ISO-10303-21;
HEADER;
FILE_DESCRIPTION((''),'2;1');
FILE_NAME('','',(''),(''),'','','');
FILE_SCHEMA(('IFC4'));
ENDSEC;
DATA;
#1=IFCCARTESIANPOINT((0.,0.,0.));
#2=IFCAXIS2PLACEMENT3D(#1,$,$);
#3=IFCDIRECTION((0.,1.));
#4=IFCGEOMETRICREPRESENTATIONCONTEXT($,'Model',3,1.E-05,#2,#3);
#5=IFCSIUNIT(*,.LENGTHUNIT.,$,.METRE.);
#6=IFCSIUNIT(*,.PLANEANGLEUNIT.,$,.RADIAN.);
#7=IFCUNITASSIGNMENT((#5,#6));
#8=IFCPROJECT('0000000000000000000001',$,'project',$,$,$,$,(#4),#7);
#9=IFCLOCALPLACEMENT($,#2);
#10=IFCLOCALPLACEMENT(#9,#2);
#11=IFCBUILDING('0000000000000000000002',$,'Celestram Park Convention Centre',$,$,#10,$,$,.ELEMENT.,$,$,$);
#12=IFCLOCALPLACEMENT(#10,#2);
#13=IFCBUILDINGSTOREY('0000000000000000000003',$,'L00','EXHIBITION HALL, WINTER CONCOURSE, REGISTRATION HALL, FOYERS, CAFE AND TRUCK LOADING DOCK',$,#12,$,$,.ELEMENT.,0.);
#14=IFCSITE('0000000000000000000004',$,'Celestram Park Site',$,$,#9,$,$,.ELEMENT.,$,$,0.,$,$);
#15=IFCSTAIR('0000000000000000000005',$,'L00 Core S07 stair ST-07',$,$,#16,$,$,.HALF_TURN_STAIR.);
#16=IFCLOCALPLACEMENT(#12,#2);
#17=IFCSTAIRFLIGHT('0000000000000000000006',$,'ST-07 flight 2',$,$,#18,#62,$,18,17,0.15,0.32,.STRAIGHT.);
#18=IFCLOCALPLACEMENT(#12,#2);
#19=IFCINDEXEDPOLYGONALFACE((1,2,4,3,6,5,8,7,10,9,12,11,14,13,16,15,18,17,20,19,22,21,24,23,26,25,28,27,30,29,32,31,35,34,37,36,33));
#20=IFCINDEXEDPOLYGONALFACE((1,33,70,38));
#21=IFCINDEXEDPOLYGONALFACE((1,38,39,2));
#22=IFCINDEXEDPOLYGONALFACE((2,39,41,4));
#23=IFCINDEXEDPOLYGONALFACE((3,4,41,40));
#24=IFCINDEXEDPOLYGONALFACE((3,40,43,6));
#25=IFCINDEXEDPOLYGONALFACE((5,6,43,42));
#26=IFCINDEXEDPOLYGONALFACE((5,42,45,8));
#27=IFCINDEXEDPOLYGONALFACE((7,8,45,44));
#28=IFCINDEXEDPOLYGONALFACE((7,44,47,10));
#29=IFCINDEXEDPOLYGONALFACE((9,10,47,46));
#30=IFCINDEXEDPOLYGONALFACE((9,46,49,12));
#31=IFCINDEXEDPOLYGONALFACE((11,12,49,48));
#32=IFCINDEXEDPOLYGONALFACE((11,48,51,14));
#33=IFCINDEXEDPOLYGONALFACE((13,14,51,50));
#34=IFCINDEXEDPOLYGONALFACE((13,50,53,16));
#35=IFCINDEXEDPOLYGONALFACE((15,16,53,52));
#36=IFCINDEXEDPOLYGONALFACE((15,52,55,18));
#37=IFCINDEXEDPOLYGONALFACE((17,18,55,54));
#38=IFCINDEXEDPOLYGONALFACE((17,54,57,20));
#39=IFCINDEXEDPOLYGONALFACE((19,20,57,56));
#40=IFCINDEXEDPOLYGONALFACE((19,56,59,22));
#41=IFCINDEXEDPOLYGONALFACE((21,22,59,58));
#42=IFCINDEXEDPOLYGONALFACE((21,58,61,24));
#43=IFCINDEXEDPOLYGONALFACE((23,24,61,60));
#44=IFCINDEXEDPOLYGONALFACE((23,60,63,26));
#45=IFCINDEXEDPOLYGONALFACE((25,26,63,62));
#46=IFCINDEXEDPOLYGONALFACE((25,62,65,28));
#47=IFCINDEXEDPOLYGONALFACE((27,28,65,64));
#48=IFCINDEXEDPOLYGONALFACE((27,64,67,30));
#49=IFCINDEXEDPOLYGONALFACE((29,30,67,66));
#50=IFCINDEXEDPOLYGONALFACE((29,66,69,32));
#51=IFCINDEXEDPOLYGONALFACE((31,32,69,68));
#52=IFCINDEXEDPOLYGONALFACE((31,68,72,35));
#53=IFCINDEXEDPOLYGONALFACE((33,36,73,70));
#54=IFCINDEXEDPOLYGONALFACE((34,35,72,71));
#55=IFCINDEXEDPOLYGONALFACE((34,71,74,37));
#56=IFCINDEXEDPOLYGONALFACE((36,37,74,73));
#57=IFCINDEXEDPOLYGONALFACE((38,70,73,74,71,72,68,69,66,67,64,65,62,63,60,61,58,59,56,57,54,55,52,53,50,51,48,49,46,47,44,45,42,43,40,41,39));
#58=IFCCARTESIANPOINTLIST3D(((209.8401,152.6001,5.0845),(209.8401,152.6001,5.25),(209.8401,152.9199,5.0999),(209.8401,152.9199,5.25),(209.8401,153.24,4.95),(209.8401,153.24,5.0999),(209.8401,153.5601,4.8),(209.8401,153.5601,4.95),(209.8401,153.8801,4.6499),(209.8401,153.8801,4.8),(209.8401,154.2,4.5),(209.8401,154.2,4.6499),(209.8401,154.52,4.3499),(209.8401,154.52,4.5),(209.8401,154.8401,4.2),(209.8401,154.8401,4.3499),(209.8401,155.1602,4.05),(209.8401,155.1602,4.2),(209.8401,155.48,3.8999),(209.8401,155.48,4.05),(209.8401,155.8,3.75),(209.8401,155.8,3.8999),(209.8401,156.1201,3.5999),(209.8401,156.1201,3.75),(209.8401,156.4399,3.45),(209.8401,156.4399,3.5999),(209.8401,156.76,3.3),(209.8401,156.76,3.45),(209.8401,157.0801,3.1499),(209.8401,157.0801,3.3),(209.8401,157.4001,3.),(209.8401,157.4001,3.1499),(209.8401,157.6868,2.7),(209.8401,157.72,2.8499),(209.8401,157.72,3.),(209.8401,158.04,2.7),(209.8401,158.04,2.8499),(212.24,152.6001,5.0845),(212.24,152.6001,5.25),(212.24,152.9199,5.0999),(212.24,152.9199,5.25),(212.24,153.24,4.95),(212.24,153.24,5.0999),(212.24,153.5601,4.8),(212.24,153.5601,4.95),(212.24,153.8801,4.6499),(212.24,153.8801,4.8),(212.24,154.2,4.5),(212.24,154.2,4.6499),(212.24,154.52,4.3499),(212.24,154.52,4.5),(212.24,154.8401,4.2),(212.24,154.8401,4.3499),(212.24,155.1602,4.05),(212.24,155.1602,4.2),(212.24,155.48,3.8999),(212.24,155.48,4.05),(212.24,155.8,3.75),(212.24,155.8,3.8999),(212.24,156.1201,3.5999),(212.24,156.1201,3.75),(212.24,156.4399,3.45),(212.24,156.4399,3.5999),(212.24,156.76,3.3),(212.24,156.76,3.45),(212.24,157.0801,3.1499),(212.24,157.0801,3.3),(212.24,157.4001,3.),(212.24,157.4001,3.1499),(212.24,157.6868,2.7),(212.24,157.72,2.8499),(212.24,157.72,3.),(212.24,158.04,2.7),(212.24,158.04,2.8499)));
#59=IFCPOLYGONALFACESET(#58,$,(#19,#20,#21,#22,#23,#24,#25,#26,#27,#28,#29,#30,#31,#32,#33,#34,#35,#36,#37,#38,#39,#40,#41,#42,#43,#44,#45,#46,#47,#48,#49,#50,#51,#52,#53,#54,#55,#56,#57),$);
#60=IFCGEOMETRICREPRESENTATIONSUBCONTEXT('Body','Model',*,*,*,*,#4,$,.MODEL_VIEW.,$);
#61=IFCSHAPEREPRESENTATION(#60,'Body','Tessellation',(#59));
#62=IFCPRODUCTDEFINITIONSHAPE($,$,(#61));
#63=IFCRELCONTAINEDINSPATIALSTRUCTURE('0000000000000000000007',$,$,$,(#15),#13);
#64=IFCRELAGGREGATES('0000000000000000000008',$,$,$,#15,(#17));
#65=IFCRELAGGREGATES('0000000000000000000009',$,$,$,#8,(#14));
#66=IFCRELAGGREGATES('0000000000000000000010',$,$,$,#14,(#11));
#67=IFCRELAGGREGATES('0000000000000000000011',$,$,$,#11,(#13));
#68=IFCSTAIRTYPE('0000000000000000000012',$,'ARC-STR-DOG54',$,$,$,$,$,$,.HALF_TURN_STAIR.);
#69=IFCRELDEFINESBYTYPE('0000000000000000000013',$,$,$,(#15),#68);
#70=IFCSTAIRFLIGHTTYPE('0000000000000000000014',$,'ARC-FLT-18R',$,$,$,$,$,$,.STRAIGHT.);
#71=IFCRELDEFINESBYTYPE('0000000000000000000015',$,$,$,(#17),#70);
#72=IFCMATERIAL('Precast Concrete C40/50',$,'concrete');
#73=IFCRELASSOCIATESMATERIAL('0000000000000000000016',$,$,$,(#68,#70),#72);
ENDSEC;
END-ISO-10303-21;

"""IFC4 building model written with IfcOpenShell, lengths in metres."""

from ifc_helpers import new_model, si_unit, direction, frame, origin, place, context, subcontext, project, spatial, polyline, outline, extrude, material, type_object, element, aggregate, save


model = new_model("IFC4")

# Units and contexts
model_context = context("Model", 3, precision=1e-05, world=origin(), true_north=direction((0.0, 1.0)))
body_context = subcontext(model_context, "Body", "Model", "MODEL_VIEW")
ifc_project = project(units=[si_unit("LENGTHUNIT", "METRE"), si_unit("PLANEANGLEUNIT", "RADIAN")], contexts=[model_context])

# Site, building, storey
site_placement = place(None, origin())
site = spatial("IfcSite", under=ifc_project, at=site_placement, Name="Celestram Park Site", CompositionType="ELEMENT", RefElevation=0.0)
building_placement = place(site_placement, origin())
building = spatial("IfcBuilding", under=site, at=building_placement, Name="Celestram Park Convention Centre", CompositionType="ELEMENT")
storey_placement = place(building_placement, origin())
storey = spatial("IfcBuildingStorey", under=building, at=storey_placement, Name="L00", Description="EXHIBITION HALL, WINTER CONCOURSE, REGISTRATION HALL, FOYERS, CAFE AND TRUCK LOADING DOCK", CompositionType="ELEMENT", Elevation=0.0)

# Shared definitions
ifc_material_1 = material(Name="Precast Concrete C40/50", Category="concrete")

# Stair, stair flight
stair_type = type_object("IfcStairType", Name="ARC-STR-DOG54", PredefinedType="HALF_TURN_STAIR", material=ifc_material_1)
stair_placement = place(storey_placement, origin())
stair = element("IfcStair", 1, at=stair_placement, inside=storey, type_object=stair_type, Name="L00 Core S07 stair ST-07", PredefinedType="HALF_TURN_STAIR")
stair_flight_type = type_object("IfcStairFlightType", Name="ARC-FLT-18R", PredefinedType="STRAIGHT", material=ifc_material_1)
stair_flight_1_placement = place(storey_placement, frame((211.04, 158.04, 2.7), z_axis=(0.0, 0.0, 1.0), x_axis=(0.0, -1.0, 0.0)))
stair_flight_1 = element("IfcStairFlight", 2, at=stair_flight_1_placement, type_object=stair_flight_type, Name="ST-07 flight 2", NumberOfRisers=18, NumberOfTreads=17, PredefinedType="STRAIGHT", RiserHeight=0.15, TreadLength=0.32, context=body_context, shape_type="SweptSolid", body=[
    extrude(outline(polyline([(0.0, 0.0), (0.0, 0.1499), (0.3201, 0.1499), (0.3201, 0.3), (0.6399, 0.3), (0.6399, 0.45), (0.96, 0.45), (0.96, 0.6001), (1.28, 0.6001), (1.28, 0.75), (1.6001, 0.75), (1.6001, 0.8999), (1.9199, 0.8999), (1.9199, 1.05), (2.24, 1.05), (2.24, 1.2), (2.5601, 1.2), (2.5601, 1.3501), (2.8799, 1.3501), (2.8799, 1.5), (3.2, 1.5), (3.2, 1.6499), (3.52, 1.6499), (3.52, 1.8), (3.8401, 1.8), (3.8401, 1.95), (4.1599, 1.95), (4.1599, 2.1001), (4.48, 2.1001), (4.48, 2.25), (4.8, 2.25), (4.8, 2.3999), (5.1201, 2.3999), (5.1201, 2.55), (5.4399, 2.55), (5.4399, 2.7), (5.4399, 2.3845), (0.3533, 0.0), (0.0, 0.0)])), frame((0.0, 1.2, 0.0), z_axis=(0.0, -1.0, 0.0), x_axis=(1.0, 0.0, 0.0)), (0.0, 0.0, 1.0), 2.3999),
])
aggregate(stair, [stair_flight_1])

save(model, "model.ifc")
